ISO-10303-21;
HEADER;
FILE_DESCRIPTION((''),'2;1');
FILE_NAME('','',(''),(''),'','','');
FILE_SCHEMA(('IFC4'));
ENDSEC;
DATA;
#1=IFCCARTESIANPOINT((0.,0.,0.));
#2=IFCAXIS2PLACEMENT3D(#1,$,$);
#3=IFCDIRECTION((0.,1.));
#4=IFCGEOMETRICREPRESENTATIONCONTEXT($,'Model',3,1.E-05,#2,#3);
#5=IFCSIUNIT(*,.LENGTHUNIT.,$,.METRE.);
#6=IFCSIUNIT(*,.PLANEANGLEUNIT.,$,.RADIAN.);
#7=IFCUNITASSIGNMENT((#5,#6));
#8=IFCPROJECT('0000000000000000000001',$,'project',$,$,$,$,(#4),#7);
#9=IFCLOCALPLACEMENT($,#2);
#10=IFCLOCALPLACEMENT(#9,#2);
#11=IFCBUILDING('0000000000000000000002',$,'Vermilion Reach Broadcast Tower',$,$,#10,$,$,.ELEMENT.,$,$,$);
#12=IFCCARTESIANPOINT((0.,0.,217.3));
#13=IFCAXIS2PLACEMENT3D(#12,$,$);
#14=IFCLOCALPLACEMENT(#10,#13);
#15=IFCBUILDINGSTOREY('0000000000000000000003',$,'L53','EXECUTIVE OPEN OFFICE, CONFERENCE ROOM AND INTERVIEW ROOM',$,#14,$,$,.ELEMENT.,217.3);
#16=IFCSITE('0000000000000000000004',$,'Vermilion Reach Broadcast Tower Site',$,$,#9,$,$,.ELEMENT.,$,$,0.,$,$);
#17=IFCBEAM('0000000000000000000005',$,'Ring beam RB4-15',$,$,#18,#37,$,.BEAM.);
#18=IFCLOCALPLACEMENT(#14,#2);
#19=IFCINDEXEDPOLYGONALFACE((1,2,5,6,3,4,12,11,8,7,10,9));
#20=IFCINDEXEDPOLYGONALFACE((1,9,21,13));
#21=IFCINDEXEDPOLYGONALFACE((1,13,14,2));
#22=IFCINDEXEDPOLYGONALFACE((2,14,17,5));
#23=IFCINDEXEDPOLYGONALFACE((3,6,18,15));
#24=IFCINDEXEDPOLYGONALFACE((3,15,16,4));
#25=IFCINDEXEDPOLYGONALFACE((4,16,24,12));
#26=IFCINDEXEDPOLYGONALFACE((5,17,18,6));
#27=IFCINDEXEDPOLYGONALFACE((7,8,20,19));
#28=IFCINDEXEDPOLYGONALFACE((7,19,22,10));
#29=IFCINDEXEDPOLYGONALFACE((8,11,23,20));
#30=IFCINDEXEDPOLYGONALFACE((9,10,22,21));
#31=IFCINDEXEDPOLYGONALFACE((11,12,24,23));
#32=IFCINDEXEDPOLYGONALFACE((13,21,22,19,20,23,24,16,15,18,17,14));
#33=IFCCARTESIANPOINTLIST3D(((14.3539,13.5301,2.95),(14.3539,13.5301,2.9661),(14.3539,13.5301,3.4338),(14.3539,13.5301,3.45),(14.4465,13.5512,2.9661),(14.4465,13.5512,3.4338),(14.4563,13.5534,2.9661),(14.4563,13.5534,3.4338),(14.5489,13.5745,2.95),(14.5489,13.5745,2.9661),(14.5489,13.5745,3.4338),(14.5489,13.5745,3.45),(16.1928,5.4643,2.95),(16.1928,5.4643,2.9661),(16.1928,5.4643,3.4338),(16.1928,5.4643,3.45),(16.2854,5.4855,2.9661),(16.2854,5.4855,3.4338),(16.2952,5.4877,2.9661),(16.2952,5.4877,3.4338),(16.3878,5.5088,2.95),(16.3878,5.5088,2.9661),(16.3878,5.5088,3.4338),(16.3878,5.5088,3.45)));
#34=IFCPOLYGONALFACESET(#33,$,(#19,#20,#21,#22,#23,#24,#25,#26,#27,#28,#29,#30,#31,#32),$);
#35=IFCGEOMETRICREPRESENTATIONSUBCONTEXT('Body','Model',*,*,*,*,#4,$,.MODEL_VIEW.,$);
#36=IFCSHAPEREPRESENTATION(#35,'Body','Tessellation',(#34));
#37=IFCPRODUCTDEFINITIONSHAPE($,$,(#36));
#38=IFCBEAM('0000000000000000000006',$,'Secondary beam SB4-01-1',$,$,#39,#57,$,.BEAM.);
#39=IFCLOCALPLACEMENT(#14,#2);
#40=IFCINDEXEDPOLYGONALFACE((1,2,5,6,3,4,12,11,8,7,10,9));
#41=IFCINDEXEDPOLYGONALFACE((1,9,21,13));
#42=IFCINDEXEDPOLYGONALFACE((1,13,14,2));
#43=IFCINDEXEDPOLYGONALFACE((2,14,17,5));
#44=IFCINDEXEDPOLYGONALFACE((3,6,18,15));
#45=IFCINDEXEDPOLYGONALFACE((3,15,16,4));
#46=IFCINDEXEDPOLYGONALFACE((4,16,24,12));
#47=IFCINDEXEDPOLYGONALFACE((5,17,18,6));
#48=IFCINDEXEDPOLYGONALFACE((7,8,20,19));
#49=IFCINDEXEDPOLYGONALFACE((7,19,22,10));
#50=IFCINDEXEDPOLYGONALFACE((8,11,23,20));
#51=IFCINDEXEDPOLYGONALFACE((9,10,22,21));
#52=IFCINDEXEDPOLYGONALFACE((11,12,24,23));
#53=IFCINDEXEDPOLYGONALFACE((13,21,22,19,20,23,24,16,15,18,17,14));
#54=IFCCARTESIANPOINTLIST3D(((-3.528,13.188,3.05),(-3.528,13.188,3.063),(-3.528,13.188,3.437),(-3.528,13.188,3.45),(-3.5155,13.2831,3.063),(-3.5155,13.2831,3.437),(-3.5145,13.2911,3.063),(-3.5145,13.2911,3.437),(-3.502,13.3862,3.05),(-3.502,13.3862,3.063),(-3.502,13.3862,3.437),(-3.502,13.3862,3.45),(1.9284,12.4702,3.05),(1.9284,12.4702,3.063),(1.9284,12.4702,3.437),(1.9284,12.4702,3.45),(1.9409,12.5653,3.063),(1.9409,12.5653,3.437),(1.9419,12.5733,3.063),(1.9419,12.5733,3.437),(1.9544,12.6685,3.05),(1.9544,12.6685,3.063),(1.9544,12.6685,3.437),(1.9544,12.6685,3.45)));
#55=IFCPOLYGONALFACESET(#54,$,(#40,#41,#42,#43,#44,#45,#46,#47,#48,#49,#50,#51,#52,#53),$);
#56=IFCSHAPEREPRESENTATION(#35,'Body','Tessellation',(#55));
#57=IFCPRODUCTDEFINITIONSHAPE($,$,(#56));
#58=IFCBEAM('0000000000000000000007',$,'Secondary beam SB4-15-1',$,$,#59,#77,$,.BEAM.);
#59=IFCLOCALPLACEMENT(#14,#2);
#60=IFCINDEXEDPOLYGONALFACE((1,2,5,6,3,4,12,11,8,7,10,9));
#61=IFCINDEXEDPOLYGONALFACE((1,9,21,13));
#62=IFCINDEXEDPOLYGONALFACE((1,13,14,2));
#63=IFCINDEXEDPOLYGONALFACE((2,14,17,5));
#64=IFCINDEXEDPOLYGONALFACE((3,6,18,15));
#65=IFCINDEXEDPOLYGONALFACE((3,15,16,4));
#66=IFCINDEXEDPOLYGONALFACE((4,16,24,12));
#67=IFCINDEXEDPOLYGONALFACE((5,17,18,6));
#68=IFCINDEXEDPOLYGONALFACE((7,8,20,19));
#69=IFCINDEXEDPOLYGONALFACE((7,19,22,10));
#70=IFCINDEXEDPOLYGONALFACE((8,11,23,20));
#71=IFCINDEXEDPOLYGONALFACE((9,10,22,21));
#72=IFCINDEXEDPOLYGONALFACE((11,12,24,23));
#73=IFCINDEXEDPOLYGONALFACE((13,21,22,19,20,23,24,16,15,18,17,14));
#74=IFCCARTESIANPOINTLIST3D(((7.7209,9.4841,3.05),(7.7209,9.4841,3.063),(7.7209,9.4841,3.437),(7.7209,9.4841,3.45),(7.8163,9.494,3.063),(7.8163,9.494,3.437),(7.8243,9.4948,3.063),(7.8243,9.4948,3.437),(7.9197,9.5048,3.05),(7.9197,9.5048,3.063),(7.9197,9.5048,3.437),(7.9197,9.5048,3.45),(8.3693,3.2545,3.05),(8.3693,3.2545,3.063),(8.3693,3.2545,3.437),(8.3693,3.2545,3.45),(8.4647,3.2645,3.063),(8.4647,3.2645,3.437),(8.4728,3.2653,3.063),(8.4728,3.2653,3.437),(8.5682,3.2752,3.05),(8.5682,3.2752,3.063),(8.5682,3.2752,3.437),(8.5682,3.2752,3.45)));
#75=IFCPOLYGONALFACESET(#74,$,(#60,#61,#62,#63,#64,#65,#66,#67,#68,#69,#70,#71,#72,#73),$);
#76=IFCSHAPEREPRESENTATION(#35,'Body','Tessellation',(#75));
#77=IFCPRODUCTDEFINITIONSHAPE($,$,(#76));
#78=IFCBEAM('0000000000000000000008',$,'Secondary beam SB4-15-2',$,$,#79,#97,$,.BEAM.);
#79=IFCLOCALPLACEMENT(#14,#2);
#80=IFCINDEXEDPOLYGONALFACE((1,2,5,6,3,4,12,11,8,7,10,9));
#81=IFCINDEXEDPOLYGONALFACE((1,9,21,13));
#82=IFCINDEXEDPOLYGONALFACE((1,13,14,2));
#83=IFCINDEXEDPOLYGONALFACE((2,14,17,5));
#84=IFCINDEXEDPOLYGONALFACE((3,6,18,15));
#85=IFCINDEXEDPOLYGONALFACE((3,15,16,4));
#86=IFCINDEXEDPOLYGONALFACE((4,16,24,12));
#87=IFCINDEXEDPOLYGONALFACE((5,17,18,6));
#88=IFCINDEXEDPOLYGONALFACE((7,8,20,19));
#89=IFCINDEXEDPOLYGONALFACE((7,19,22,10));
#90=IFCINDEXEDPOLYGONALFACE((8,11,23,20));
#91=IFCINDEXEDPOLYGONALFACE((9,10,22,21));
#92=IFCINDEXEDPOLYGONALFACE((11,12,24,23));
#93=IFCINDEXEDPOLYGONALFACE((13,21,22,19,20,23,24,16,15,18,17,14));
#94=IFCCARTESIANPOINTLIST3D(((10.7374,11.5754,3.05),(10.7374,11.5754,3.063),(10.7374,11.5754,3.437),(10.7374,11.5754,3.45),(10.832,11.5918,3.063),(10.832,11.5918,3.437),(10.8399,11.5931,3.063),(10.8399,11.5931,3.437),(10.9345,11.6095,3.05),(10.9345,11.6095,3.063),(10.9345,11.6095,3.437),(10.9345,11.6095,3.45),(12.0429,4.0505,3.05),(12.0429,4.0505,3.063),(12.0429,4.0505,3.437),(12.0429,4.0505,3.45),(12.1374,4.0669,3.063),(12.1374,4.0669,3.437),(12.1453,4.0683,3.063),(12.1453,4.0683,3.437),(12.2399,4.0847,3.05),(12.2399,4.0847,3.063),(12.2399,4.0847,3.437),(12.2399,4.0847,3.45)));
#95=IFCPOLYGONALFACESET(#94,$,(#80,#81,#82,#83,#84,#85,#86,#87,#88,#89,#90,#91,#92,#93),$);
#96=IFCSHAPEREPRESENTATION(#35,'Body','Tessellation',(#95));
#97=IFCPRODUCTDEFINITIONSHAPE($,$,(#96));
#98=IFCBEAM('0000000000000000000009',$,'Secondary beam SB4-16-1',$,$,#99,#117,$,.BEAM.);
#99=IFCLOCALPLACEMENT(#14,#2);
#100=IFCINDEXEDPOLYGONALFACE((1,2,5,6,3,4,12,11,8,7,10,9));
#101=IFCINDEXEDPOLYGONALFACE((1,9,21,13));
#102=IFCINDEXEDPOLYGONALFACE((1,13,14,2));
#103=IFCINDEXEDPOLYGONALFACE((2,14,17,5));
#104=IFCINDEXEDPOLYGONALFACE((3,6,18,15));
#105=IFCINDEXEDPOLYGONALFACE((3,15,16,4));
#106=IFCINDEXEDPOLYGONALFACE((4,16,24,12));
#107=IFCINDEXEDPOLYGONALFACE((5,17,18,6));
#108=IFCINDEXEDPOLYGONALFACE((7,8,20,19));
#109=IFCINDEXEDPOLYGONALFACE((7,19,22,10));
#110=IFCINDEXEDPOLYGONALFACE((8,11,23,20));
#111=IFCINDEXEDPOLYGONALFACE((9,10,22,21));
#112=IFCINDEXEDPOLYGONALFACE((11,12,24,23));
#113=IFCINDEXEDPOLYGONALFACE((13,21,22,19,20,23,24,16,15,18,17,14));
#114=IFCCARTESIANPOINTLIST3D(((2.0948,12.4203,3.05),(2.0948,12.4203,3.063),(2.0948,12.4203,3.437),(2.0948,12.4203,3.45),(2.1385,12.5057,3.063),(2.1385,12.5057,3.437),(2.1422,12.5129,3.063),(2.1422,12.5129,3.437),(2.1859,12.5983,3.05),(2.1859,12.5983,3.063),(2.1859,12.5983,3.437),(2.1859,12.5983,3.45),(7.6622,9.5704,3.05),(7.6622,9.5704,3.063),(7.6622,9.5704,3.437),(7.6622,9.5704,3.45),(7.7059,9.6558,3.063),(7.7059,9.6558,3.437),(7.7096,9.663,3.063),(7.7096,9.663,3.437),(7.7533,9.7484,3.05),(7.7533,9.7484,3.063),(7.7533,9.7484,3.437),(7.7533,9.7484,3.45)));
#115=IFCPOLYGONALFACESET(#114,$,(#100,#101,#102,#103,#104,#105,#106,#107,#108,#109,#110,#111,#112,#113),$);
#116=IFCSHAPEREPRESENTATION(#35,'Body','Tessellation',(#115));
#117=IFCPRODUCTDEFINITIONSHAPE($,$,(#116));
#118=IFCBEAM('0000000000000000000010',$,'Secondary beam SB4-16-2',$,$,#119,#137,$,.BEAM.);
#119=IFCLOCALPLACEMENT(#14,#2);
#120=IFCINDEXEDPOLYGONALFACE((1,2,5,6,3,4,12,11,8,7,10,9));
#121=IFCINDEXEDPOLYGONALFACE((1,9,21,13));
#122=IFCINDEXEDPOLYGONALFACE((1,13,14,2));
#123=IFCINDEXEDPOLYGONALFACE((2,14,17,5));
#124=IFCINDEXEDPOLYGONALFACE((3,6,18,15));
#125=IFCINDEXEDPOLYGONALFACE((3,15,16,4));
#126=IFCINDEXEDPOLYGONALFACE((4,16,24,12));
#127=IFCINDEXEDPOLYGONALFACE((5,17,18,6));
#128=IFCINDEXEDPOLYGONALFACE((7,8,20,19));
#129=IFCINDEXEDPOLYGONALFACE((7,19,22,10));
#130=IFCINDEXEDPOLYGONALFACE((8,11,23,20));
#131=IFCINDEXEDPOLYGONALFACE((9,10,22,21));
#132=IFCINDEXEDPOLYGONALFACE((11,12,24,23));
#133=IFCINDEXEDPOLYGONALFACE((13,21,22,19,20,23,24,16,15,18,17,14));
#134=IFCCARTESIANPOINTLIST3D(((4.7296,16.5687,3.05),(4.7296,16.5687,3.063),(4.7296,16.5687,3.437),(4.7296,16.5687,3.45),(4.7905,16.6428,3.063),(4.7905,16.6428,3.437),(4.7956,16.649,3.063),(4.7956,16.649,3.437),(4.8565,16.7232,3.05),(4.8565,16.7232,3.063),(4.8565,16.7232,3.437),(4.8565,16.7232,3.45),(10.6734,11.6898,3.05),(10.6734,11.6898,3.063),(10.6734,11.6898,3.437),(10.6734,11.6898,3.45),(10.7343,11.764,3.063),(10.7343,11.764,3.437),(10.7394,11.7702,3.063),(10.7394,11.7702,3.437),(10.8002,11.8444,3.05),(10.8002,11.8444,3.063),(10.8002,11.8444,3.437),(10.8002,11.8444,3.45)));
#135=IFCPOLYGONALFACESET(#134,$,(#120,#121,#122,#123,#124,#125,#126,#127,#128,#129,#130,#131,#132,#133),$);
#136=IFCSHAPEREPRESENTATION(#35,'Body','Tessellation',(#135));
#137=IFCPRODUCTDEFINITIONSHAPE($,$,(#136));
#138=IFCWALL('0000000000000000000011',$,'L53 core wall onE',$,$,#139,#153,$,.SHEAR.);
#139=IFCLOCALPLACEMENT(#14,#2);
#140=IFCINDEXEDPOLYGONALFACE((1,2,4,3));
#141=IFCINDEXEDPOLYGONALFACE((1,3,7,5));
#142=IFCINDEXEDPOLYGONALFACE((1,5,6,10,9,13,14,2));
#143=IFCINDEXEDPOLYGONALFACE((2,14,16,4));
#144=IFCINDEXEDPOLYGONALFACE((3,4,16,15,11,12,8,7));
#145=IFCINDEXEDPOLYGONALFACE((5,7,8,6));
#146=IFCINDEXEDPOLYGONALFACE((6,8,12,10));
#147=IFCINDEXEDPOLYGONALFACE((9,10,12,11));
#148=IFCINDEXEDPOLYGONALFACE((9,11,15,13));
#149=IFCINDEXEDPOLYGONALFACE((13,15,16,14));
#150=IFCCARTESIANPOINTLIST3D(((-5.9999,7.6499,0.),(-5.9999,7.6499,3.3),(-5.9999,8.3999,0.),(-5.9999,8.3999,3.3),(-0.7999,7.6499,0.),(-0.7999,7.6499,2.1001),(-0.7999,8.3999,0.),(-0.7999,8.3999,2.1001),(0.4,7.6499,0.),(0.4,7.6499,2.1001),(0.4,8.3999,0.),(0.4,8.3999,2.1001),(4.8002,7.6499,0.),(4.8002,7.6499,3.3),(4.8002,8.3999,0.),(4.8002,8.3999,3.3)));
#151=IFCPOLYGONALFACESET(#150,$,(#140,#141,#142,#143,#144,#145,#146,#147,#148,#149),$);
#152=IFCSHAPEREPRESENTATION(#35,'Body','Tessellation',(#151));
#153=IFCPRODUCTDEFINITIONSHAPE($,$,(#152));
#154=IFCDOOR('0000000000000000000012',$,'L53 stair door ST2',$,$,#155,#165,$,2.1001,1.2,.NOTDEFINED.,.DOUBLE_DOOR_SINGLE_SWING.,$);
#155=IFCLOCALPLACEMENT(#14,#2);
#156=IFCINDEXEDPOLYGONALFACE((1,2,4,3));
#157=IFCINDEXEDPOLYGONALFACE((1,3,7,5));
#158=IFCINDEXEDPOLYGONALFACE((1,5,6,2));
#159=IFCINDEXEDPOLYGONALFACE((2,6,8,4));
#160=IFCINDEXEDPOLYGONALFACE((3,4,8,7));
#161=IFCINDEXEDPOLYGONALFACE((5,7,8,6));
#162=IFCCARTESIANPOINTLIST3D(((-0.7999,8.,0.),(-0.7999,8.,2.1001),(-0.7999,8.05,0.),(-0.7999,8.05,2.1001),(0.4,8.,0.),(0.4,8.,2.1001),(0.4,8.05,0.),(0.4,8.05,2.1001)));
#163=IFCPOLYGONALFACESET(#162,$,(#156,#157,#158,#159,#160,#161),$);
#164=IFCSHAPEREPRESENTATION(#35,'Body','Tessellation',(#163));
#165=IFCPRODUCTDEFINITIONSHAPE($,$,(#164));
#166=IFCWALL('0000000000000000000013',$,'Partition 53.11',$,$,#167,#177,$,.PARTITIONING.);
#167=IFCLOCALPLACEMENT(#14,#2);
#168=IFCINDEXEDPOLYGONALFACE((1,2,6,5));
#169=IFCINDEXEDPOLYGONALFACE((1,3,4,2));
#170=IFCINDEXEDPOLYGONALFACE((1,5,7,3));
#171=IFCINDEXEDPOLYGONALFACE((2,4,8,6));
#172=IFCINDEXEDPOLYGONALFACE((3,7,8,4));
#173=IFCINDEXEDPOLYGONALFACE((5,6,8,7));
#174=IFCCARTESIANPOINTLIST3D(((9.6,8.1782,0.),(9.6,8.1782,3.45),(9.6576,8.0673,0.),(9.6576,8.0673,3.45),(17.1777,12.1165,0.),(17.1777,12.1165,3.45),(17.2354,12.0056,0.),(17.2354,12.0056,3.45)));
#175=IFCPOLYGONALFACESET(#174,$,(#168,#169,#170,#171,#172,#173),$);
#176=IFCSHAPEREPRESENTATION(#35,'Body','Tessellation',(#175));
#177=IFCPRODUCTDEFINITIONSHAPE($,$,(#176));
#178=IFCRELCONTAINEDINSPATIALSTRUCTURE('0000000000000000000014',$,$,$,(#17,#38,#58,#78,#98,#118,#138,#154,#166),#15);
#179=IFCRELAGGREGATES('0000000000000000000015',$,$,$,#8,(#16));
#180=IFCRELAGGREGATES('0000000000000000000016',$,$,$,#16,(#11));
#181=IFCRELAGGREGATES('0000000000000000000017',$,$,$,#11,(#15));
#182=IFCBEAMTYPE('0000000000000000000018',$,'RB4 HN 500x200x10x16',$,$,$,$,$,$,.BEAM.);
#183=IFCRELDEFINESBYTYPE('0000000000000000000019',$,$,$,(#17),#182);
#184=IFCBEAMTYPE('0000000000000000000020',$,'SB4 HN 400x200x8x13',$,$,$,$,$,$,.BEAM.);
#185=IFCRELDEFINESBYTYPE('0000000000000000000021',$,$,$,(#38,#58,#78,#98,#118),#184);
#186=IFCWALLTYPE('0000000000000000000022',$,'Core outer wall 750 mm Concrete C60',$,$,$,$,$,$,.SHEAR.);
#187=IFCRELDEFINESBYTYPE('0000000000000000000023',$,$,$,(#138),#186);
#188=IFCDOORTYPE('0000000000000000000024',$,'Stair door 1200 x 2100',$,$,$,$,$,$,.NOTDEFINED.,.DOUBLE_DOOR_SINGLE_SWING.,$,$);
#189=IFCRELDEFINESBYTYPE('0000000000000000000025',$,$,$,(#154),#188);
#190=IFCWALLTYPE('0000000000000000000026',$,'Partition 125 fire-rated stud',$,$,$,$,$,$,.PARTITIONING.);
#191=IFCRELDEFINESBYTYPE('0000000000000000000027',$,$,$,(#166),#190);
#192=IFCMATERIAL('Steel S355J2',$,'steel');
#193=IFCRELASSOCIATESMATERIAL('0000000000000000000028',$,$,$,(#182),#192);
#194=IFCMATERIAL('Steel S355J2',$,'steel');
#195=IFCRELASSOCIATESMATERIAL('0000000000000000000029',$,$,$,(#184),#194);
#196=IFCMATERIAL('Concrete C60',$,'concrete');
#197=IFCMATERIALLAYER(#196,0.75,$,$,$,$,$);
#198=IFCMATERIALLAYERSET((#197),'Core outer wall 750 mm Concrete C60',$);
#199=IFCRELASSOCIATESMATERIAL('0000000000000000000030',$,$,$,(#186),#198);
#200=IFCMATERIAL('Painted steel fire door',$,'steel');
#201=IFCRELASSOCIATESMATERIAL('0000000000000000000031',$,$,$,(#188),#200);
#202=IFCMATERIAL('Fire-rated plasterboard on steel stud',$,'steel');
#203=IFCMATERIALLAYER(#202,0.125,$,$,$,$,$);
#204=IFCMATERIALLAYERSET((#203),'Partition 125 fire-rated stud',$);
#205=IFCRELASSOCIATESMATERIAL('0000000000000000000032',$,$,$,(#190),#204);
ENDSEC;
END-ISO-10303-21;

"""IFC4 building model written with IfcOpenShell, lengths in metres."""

from ifc_helpers import new_model, si_unit, direction, frame, frame_2d, origin, origin_2d, place, context, subcontext, project, spatial, rectangle, i_section, extrude, material, layer, layer_set, material_profile, profile_set, type_object, element, fill, save


model = new_model("IFC4")

# Units and contexts
model_context = context("Model", 3, precision=1e-05, world=origin(), true_north=direction((0.0, 1.0)))
body_context = subcontext(model_context, "Body", "Model", "MODEL_VIEW")
ifc_project = project(units=[si_unit("LENGTHUNIT", "METRE"), si_unit("PLANEANGLEUNIT", "RADIAN")], contexts=[model_context])

# Site, building, storey
site_placement = place(None, origin())
site = spatial("IfcSite", under=ifc_project, at=site_placement, Name="Vermilion Reach Broadcast Tower Site", CompositionType="ELEMENT", RefElevation=0.0)
building_placement = place(site_placement, origin())
building = spatial("IfcBuilding", under=site, at=building_placement, Name="Vermilion Reach Broadcast Tower", CompositionType="ELEMENT")
storey_placement = place(building_placement, frame((0.0, 0.0, 217.3)))
storey = spatial("IfcBuildingStorey", under=building, at=storey_placement, Name="L53", Description="EXECUTIVE OPEN OFFICE, CONFERENCE ROOM AND INTERVIEW ROOM", CompositionType="ELEMENT", Elevation=217.3)

# Beams
ifc_material_1 = material(Name="Steel S355J2", Category="steel")
ifc_material_profile_1 = material_profile(ifc_material_1, i_section(OverallWidth=0.2, OverallDepth=0.5, WebThickness=0.01, FlangeThickness=0.0161, at=origin_2d()), Name="S355J2 HN 500x200x10x16")
ifc_profile_set_1 = profile_set([ifc_material_profile_1], Name="Steel S355J2")
beam_type_1 = type_object("IfcBeamType", Name="RB4 HN 500x200x10x16", PredefinedType="BEAM", material=ifc_profile_set_1)
beam_1_placement = place(storey_placement, frame((16.2903, 5.4866, 3.2), z_axis=(-0.222283, 0.974982, 0.0), x_axis=(-0.974982, -0.222283, 0.0)))
element("IfcBeam", 1, at=beam_1_placement, inside=storey, type_object=beam_type_1, Name="Ring beam RB4-15", PredefinedType="BEAM", context=body_context, shape_type="SweptSolid", body=[
    extrude(i_section(OverallWidth=0.2, OverallDepth=0.5, WebThickness=0.01, FlangeThickness=0.0161, at=origin_2d()), origin(), (0.0, 0.0, 1.0), 8.2727),
])
ifc_material_2 = material(Name="Steel S355J2", Category="steel")
ifc_material_profile_2 = material_profile(ifc_material_2, i_section(OverallWidth=0.2, OverallDepth=0.3999, WebThickness=0.0081, FlangeThickness=0.0129, at=origin_2d()), Name="S355J2 HN 400x200x8x13")
ifc_profile_set_2 = profile_set([ifc_material_profile_2], Name="Steel S355J2")
beam_type_2 = type_object("IfcBeamType", Name="SB4 HN 400x200x8x13", PredefinedType="BEAM", material=ifc_profile_set_2)
beam_2_placement = place(storey_placement, frame((1.9414, 12.5693, 3.25), z_axis=(-0.991458, 0.130426, 0.0), x_axis=(-0.130426, -0.991458, 0.0)))
element("IfcBeam", 2, at=beam_2_placement, inside=storey, type_object=beam_type_2, Name="Secondary beam SB4-01-1", PredefinedType="BEAM", context=body_context, shape_type="SweptSolid", body=[
    extrude(i_section(OverallWidth=0.2, OverallDepth=0.3999, WebThickness=0.0081, FlangeThickness=0.0129, at=origin_2d()), origin(), (0.0, 0.0, 1.0), 5.5034),
])
beam_3_placement = place(storey_placement, frame((8.4688, 3.2649, 3.25), z_axis=(-0.103532, 0.994626, 0.0), x_axis=(-0.994626, -0.103532, 0.0)))
element("IfcBeam", 3, at=beam_3_placement, inside=storey, type_object=beam_type_2, Name="Secondary beam SB4-15-1", PredefinedType="BEAM", context=body_context, shape_type="SweptSolid", body=[
    extrude(i_section(OverallWidth=0.2, OverallDepth=0.3999, WebThickness=0.0081, FlangeThickness=0.0129, at=origin_2d()), origin(), (0.0, 0.0, 1.0), 6.2632),
])
beam_4_placement = place(storey_placement, frame((12.1414, 4.0676, 3.25), z_axis=(-0.170927, 0.985284, 0.0), x_axis=(-0.985284, -0.170927, 0.0)))
element("IfcBeam", 4, at=beam_4_placement, inside=storey, type_object=beam_type_2, Name="Secondary beam SB4-15-2", PredefinedType="BEAM", context=body_context, shape_type="SweptSolid", body=[
    extrude(i_section(OverallWidth=0.2, OverallDepth=0.3999, WebThickness=0.0081, FlangeThickness=0.0129, at=origin_2d()), origin(), (0.0, 0.0, 1.0), 7.6372),
])
beam_5_placement = place(storey_placement, frame((7.7078, 9.6594, 3.25), z_axis=(-0.890156, 0.455656, 0.0), x_axis=(-0.455656, -0.890156, 0.0)))
element("IfcBeam", 5, at=beam_5_placement, inside=storey, type_object=beam_type_2, Name="Secondary beam SB4-16-1", PredefinedType="BEAM", context=body_context, shape_type="SweptSolid", body=[
    extrude(i_section(OverallWidth=0.2, OverallDepth=0.3999, WebThickness=0.0081, FlangeThickness=0.0129, at=origin_2d()), origin(), (0.0, 0.0, 1.0), 6.2544),
])
beam_6_placement = place(storey_placement, frame((10.7368, 11.7671, 3.25), z_axis=(-0.772952, 0.634465, 0.0), x_axis=(-0.634465, -0.772952, 0.0)))
element("IfcBeam", 6, at=beam_6_placement, inside=storey, type_object=beam_type_2, Name="Secondary beam SB4-16-2", PredefinedType="BEAM", context=body_context, shape_type="SweptSolid", body=[
    extrude(i_section(OverallWidth=0.2, OverallDepth=0.3999, WebThickness=0.0081, FlangeThickness=0.0129, at=origin_2d()), origin(), (0.0, 0.0, 1.0), 7.6897),
])

# Wall, opening, door
ifc_material_3 = material(Name="Concrete C60", Category="concrete")
ifc_layer_1 = layer(ifc_material_3, 0.75)
ifc_layer_set_1 = layer_set([ifc_layer_1], Name="Core outer wall 750 mm Concrete C60")
wall_type_1 = type_object("IfcWallType", Name="Core outer wall 750 mm Concrete C60", PredefinedType="SHEAR", material=ifc_layer_set_1)
wall_1_placement = place(storey_placement, frame((4.8, 8.0249, 0.0), z_axis=(0.0, 0.0, 1.0), x_axis=(-1.0, 0.0, 0.0)))
wall_1 = element("IfcWall", 7, at=wall_1_placement, inside=storey, type_object=wall_type_1, Name="L53 core wall onE", PredefinedType="SHEAR", context=body_context, shape_type="SweptSolid", body=[
    extrude(rectangle(XDim=10.8, YDim=0.75, at=frame_2d((5.3999, 0.0))), origin(), (0.0, 0.0, 1.0), 3.3),
])
opening_1_placement = place(wall_1_placement, frame((4.3999, 0.0, 0.0)))
opening_1 = element("IfcOpeningElement", 8, at=opening_1_placement, cuts=wall_1, PredefinedType="OPENING", context=body_context, shape_type="SweptSolid", body=[
    extrude(rectangle(XDim=1.2, YDim=2.1001, at=frame_2d((0.6001, 1.05))), frame((0.0, 0.385, 0.0), z_axis=(0.0, -1.0, 0.0), x_axis=(1.0, 0.0, 0.0)), (0.0, 0.0, 1.0), 0.77),
])
ifc_material_4 = material(Name="Painted steel fire door", Category="steel")
door_type_1 = type_object("IfcDoorType", Name="Stair door 1200 x 2100", OperationType="DOUBLE_DOOR_SINGLE_SWING", PredefinedType="NOTDEFINED", material=ifc_material_4)
door_1_placement = place(opening_1_placement, origin())
door_1 = element("IfcDoor", 9, at=door_1_placement, inside=storey, type_object=door_type_1, Name="L53 stair door ST2", OperationType="DOUBLE_DOOR_SINGLE_SWING", OverallHeight=2.1001, OverallWidth=1.2, PredefinedType="NOTDEFINED", context=body_context, shape_type="SweptSolid", body=[
    extrude(rectangle(XDim=1.2, YDim=2.1001, at=frame_2d((0.6001, 1.05))), frame((0.0, 0.0249, 0.0), z_axis=(0.0, -1.0, 0.0), x_axis=(1.0, 0.0, 0.0)), (0.0, 0.0, 1.0), 0.05),
])
fill(opening_1, door_1)

# Wall
ifc_material_5 = material(Name="Fire-rated plasterboard on steel stud", Category="steel")
ifc_layer_2 = layer(ifc_material_5, 0.125)
ifc_layer_set_2 = layer_set([ifc_layer_2], Name="Partition 125 fire-rated stud")
wall_type_2 = type_object("IfcWallType", Name="Partition 125 fire-rated stud", PredefinedType="PARTITIONING", material=ifc_layer_set_2)
wall_2_placement = place(storey_placement, frame((17.2065, 12.061, 0.0), z_axis=(0.0, 0.0, 1.0), x_axis=(-0.887319, -0.461156, 0.0)))
element("IfcWall", 10, at=wall_2_placement, inside=storey, type_object=wall_type_2, Name="Partition 53.11", PredefinedType="PARTITIONING", context=body_context, shape_type="SweptSolid", body=[
    extrude(rectangle(XDim=8.54, YDim=0.125, at=frame_2d((4.27, 0.0))), origin(), (0.0, 0.0, 1.0), 3.45),
])

save(model, "model.ifc")
